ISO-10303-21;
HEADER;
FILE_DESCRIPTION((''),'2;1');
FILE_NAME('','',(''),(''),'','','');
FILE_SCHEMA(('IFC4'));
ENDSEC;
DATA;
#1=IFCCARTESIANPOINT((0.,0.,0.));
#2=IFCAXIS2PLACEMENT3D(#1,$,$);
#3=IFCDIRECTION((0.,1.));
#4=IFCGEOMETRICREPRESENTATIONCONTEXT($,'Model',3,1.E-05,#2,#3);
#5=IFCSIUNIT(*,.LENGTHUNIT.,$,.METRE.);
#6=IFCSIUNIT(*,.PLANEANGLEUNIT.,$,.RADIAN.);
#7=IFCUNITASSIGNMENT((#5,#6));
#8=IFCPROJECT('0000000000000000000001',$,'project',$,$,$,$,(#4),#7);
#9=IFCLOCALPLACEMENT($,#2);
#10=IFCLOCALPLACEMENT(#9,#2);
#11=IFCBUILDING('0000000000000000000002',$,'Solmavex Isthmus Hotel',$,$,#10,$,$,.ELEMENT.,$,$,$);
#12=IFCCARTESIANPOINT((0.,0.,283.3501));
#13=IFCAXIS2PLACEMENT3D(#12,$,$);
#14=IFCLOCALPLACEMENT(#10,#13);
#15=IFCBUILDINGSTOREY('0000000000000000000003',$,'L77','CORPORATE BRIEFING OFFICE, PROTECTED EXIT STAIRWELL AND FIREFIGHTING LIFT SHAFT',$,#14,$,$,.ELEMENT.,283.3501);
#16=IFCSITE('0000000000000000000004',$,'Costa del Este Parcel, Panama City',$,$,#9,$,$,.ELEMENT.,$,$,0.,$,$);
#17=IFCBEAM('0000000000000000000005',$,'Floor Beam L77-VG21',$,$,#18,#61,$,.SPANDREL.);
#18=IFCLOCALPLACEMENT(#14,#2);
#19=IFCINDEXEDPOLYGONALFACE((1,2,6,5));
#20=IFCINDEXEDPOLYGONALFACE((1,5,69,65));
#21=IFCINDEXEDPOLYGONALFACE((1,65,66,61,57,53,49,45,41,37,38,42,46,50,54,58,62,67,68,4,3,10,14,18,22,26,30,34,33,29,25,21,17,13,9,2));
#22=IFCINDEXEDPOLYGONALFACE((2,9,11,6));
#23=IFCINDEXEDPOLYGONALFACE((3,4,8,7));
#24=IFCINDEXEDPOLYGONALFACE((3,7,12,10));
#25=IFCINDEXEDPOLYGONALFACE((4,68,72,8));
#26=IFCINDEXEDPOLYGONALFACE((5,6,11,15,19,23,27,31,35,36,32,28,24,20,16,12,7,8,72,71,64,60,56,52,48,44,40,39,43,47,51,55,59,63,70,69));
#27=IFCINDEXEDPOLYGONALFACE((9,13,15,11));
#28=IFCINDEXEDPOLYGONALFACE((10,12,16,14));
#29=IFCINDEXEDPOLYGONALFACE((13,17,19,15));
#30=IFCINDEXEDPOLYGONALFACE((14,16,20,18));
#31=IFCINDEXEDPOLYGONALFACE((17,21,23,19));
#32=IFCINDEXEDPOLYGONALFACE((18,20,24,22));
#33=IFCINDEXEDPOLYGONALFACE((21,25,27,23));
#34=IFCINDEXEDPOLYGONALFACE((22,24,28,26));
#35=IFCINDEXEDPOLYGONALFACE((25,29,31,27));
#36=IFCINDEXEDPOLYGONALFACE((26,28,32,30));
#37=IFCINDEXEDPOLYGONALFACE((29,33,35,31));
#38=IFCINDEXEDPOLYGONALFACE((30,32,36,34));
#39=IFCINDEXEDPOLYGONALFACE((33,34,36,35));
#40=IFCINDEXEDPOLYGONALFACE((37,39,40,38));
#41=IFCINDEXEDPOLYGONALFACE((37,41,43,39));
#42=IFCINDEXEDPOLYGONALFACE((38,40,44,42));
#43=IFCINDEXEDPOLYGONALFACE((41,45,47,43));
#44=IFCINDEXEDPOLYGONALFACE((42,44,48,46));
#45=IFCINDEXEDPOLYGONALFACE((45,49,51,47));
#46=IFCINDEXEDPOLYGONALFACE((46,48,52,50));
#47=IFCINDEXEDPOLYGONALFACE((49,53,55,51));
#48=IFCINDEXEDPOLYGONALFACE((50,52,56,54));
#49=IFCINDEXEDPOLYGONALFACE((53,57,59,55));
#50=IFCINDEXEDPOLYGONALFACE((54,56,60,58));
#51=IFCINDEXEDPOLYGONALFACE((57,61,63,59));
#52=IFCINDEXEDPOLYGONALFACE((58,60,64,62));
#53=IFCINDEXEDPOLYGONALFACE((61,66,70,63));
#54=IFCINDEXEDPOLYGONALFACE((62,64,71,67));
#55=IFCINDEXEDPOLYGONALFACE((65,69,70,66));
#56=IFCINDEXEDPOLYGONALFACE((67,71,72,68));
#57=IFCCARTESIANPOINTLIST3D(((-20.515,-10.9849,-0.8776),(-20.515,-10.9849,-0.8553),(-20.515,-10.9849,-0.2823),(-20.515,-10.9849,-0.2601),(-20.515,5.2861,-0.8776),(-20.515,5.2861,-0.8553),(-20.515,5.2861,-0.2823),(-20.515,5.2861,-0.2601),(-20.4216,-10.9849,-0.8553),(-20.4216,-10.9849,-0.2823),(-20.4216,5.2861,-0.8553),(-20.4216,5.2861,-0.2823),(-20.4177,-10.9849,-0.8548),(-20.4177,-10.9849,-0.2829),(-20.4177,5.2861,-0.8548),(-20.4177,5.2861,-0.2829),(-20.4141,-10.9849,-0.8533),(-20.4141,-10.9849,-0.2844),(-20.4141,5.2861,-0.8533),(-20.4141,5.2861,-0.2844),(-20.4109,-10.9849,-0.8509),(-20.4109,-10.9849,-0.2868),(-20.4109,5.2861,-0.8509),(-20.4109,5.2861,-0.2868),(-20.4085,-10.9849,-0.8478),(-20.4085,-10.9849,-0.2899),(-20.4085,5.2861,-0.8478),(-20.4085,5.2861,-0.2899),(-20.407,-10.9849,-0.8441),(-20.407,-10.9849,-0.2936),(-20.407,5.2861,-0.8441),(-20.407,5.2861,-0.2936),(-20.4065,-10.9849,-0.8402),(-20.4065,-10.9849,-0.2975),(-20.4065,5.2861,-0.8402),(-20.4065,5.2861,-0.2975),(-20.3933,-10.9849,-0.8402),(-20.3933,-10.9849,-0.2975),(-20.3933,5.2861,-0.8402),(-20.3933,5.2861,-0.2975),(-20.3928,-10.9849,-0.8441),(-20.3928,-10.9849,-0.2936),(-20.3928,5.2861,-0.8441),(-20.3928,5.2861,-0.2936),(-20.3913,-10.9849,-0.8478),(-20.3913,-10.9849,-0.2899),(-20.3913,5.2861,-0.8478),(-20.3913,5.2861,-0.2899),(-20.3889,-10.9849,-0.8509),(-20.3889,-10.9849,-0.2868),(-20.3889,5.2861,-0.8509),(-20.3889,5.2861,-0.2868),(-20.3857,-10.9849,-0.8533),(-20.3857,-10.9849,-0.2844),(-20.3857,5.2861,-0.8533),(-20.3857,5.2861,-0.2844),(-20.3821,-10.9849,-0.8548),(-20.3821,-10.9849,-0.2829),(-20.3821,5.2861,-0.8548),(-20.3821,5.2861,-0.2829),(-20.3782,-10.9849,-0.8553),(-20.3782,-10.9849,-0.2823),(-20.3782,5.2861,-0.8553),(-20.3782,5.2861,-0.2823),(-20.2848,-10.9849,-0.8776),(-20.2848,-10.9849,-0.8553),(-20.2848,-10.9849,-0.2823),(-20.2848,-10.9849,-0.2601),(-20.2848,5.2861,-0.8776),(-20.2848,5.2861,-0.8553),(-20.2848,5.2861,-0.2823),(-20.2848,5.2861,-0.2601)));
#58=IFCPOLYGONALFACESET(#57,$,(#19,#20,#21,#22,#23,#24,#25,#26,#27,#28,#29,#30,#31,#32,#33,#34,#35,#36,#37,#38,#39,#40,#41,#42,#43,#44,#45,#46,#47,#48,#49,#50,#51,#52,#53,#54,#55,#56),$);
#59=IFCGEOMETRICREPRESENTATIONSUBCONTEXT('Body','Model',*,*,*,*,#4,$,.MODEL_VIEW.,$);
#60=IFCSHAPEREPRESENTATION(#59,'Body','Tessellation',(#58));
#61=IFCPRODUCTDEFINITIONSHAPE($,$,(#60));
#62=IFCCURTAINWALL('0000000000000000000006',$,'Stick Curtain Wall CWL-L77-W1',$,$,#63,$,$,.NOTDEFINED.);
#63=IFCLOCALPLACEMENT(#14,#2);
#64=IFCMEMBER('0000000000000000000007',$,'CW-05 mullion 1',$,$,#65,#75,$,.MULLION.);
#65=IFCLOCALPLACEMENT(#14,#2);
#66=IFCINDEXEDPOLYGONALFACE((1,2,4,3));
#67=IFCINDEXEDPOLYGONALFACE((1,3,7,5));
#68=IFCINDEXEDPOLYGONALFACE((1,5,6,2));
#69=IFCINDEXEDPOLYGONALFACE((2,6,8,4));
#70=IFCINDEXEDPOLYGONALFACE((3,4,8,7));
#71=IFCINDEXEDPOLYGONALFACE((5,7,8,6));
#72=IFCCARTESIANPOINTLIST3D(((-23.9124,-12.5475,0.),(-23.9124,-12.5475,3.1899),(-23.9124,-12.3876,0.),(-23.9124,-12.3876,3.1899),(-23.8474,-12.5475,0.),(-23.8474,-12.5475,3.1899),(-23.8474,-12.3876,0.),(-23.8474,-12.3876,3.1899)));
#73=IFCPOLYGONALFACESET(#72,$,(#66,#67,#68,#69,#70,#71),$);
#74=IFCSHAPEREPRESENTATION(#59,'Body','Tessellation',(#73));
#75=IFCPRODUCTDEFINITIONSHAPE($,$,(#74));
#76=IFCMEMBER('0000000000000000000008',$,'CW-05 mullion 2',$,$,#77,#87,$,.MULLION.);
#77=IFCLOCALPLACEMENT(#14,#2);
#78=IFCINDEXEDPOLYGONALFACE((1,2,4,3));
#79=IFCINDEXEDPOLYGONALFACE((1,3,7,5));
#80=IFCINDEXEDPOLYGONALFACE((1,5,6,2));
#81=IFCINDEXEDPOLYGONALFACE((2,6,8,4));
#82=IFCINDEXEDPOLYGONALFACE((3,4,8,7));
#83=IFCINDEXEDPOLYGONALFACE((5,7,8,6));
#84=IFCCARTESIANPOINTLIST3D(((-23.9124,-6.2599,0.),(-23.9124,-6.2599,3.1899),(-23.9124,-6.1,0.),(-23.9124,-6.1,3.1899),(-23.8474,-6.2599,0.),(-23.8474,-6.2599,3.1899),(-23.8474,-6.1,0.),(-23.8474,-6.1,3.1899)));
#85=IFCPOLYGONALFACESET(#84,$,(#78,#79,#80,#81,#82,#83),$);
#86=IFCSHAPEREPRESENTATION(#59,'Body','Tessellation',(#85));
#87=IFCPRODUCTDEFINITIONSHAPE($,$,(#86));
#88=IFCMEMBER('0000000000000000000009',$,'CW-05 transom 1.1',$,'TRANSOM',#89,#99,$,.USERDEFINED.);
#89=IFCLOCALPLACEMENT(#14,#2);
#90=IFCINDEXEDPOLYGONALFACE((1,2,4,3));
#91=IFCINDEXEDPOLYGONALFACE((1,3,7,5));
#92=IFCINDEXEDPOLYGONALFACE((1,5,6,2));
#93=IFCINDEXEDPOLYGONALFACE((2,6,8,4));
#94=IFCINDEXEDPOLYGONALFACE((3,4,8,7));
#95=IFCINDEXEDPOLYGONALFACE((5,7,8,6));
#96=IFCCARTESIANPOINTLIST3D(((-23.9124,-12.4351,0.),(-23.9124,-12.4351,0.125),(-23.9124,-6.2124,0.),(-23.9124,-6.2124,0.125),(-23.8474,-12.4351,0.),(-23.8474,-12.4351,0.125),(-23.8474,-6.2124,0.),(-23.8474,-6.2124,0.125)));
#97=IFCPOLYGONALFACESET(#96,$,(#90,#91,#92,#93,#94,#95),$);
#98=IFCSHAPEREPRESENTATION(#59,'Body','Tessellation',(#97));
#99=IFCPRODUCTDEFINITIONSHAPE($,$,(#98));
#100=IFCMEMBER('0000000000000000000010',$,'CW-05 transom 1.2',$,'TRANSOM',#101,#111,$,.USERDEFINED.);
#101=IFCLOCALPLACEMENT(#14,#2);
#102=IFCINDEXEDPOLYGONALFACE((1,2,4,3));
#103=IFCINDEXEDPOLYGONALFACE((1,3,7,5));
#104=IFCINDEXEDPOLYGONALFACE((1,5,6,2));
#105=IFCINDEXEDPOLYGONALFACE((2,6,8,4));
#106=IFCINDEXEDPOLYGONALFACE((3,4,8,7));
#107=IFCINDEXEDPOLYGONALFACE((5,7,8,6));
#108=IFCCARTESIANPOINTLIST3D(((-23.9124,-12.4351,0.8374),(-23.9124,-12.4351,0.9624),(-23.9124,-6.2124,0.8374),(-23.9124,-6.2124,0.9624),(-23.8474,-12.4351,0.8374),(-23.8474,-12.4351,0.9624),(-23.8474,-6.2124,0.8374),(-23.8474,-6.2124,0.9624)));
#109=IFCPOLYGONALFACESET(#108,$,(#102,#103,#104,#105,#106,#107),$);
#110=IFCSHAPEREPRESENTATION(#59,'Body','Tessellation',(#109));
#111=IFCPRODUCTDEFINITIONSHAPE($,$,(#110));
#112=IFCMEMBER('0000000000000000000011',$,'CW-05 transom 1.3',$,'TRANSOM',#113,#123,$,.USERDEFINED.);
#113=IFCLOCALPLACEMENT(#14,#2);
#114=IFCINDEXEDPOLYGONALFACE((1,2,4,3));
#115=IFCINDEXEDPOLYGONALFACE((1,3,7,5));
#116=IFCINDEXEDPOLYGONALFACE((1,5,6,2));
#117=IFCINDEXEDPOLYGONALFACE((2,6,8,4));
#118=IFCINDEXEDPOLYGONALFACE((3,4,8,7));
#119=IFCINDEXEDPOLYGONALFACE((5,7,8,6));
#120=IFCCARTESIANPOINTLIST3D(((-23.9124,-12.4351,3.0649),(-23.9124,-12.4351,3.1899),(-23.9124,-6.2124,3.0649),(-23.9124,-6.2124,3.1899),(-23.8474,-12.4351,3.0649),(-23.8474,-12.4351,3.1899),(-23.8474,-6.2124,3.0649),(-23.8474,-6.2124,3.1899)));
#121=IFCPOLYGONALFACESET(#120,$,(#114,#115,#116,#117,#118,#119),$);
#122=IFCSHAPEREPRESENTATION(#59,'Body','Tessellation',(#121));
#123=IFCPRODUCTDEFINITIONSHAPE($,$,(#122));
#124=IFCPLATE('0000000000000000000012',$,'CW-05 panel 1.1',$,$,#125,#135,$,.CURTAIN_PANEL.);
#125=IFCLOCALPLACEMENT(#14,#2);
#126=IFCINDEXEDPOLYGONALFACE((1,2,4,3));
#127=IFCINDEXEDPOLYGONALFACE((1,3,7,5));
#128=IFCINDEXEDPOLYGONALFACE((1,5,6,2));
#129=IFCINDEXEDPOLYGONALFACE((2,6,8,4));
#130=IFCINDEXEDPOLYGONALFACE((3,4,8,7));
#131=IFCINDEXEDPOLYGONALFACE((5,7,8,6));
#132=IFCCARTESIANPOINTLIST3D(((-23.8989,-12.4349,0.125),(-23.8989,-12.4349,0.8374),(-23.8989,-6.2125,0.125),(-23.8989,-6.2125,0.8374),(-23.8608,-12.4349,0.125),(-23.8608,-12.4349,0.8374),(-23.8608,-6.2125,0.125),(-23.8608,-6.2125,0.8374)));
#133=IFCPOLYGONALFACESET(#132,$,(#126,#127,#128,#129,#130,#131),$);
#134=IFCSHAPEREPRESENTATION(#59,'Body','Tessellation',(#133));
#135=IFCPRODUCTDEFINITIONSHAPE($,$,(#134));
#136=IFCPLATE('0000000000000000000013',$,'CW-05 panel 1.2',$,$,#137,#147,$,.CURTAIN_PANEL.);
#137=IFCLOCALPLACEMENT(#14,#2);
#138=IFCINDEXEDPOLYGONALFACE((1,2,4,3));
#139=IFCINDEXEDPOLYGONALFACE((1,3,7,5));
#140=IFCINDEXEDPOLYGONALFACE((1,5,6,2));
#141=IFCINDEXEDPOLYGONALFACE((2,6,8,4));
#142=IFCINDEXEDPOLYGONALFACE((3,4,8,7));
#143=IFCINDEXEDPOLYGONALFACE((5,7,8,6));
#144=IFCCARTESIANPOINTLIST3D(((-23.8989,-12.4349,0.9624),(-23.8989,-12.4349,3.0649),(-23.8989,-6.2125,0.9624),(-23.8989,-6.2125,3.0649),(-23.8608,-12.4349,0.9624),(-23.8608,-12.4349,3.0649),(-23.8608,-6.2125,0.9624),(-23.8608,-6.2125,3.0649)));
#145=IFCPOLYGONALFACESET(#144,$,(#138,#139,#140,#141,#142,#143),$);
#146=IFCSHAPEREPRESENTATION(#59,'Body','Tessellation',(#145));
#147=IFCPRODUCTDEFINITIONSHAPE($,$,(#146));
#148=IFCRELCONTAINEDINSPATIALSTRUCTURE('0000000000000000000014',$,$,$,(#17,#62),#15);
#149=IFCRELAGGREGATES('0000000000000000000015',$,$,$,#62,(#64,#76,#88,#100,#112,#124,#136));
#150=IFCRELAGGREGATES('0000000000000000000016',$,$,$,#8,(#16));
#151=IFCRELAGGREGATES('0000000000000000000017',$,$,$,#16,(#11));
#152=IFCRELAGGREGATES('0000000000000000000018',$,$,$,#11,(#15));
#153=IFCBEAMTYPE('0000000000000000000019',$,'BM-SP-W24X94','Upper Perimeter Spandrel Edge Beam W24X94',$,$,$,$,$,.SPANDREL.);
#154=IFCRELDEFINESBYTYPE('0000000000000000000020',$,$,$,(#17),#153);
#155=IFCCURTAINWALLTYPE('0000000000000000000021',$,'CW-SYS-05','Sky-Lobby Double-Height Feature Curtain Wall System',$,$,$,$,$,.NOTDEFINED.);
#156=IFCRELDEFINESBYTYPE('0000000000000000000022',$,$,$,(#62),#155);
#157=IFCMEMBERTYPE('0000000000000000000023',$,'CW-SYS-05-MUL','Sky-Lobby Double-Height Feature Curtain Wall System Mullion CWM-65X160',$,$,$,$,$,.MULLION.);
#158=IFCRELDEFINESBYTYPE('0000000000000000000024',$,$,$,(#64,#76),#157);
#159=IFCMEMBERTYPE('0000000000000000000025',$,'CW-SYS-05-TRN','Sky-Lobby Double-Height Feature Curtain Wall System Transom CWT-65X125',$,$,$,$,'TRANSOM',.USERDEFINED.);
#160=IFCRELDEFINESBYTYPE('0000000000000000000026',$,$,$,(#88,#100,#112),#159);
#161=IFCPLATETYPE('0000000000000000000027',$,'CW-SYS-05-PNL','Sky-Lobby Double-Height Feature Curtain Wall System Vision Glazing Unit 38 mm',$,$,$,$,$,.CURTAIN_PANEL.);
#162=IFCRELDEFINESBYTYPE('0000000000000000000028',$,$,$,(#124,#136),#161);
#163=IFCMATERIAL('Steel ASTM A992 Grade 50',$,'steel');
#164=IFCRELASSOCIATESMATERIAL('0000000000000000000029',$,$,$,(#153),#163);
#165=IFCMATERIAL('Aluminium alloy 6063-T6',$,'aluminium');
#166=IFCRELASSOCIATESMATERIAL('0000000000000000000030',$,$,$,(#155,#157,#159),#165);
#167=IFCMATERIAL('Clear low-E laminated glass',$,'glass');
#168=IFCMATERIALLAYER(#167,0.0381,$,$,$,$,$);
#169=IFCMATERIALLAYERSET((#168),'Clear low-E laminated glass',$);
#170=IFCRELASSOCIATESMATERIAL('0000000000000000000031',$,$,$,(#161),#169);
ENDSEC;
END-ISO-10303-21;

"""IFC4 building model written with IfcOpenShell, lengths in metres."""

from ifc_helpers import new_model, si_unit, direction, frame, origin, origin_2d, place, context, subcontext, project, spatial, rectangle, i_section, extrude, material, layer, layer_set, material_profile, profile_set, type_object, element, aggregate, save


model = new_model("IFC4")

# Units and contexts
model_context = context("Model", 3, precision=1e-05, world=origin(), true_north=direction((0.0, 1.0)))
body_context = subcontext(model_context, "Body", "Model", "MODEL_VIEW")
ifc_project = project(units=[si_unit("LENGTHUNIT", "METRE"), si_unit("PLANEANGLEUNIT", "RADIAN")], contexts=[model_context])

# Site, building, storey
site_placement = place(None, origin())
site = spatial("IfcSite", under=ifc_project, at=site_placement, Name="Costa del Este Parcel, Panama City", CompositionType="ELEMENT", RefElevation=0.0)
building_placement = place(site_placement, origin())
building = spatial("IfcBuilding", under=site, at=building_placement, Name="Solmavex Isthmus Hotel", CompositionType="ELEMENT")
storey_placement = place(building_placement, frame((0.0, 0.0, 283.3501)))
storey = spatial("IfcBuildingStorey", under=building, at=storey_placement, Name="L77", Description="CORPORATE BRIEFING OFFICE, PROTECTED EXIT STAIRWELL AND FIREFIGHTING LIFT SHAFT", CompositionType="ELEMENT", Elevation=283.3501)

# Beam
ifc_material_1 = material(Name="Steel ASTM A992 Grade 50", Category="steel")
ifc_material_profile_1 = material_profile(ifc_material_1, i_section(OverallWidth=0.2302, OverallDepth=0.6174, WebThickness=0.0132, FlangeThickness=0.0222, FilletRadius=0.0151, at=origin_2d()), Name="W24X94")
ifc_profile_set_1 = profile_set([ifc_material_profile_1], Name="Steel ASTM A992 Grade 50")
beam_type_1 = type_object("IfcBeamType", Name="BM-SP-W24X94", Description="Upper Perimeter Spandrel Edge Beam W24X94", PredefinedType="SPANDREL", material=ifc_profile_set_1)
beam_1_placement = place(storey_placement, frame((-20.3999, -10.9849, -0.5688), z_axis=(0.0, 1.0, 0.0), x_axis=(-1.0, 0.0, 0.0)))
element("IfcBeam", 1, at=beam_1_placement, inside=storey, type_object=beam_type_1, Name="Floor Beam L77-VG21", PredefinedType="SPANDREL", context=body_context, shape_type="SweptSolid", body=[
    extrude(i_section(OverallWidth=0.2302, OverallDepth=0.6174, WebThickness=0.0132, FlangeThickness=0.0222, FilletRadius=0.0151, at=origin_2d()), origin(), (0.0, 0.0, 1.0), 16.271),
])

# Curtain wall, members, plates
ifc_material_2 = material(Name="Aluminium alloy 6063-T6", Category="aluminium")
curtain_wall_type = type_object("IfcCurtainWallType", Name="CW-SYS-05", Description="Sky-Lobby Double-Height Feature Curtain Wall System", PredefinedType="NOTDEFINED", material=ifc_material_2)
curtain_wall_placement = place(storey_placement, origin())
curtain_wall = element("IfcCurtainWall", 2, at=curtain_wall_placement, inside=storey, type_object=curtain_wall_type, Name="Stick Curtain Wall CWL-L77-W1", PredefinedType="NOTDEFINED")
ifc_material_profile_2 = material_profile(ifc_material_2, rectangle(XDim=0.0649, YDim=0.1599, at=origin_2d()), Name="CWM-65X160")
ifc_profile_set_2 = profile_set([ifc_material_profile_2], Name="Aluminium alloy 6063-T6")
member_type_1 = type_object("IfcMemberType", Name="CW-SYS-05-MUL", Description="Sky-Lobby Double-Height Feature Curtain Wall System Mullion CWM-65X160", PredefinedType="MULLION", material=ifc_profile_set_2)
member_1_placement = place(storey_placement, frame((-23.8799, -12.4675, 0.0), z_axis=(0.0, 0.0, 1.0), x_axis=(-1.0, 0.0, 0.0)))
member_1 = element("IfcMember", 3, at=member_1_placement, type_object=member_type_1, Name="CW-05 mullion 1", PredefinedType="MULLION", context=body_context, shape_type="SweptSolid", body=[
    extrude(rectangle(XDim=0.0649, YDim=0.1599, at=origin_2d()), origin(), (0.0, 0.0, 1.0), 3.1899),
])
member_2_placement = place(storey_placement, frame((-23.8799, -6.1799, 0.0), z_axis=(0.0, 0.0, 1.0), x_axis=(-1.0, 0.0, 0.0)))
member_2 = element("IfcMember", 4, at=member_2_placement, type_object=member_type_1, Name="CW-05 mullion 2", PredefinedType="MULLION", context=body_context, shape_type="SweptSolid", body=[
    extrude(rectangle(XDim=0.0649, YDim=0.1599, at=origin_2d()), origin(), (0.0, 0.0, 1.0), 3.1899),
])
ifc_material_profile_3 = material_profile(ifc_material_2, rectangle(XDim=0.0649, YDim=0.125, at=origin_2d()), Name="CWT-65X125")
ifc_profile_set_3 = profile_set([ifc_material_profile_3], Name="Aluminium alloy 6063-T6")
member_type_2 = type_object("IfcMemberType", Name="CW-SYS-05-TRN", Description="Sky-Lobby Double-Height Feature Curtain Wall System Transom CWT-65X125", ElementType="TRANSOM", PredefinedType="USERDEFINED", material=ifc_profile_set_3)
member_3_placement = place(storey_placement, frame((-23.8799, -12.4351, 0.0625), z_axis=(0.0, 1.0, 0.0), x_axis=(-1.0, 0.0, 0.0)))
member_3 = element("IfcMember", 5, at=member_3_placement, type_object=member_type_2, Name="CW-05 transom 1.1", ObjectType="TRANSOM", PredefinedType="USERDEFINED", context=body_context, shape_type="SweptSolid", body=[
    extrude(rectangle(XDim=0.0649, YDim=0.125, at=origin_2d()), origin(), (0.0, 0.0, 1.0), 6.2227),
])
member_4_placement = place(storey_placement, frame((-23.8799, -12.4351, 0.8999), z_axis=(0.0, 1.0, 0.0), x_axis=(-1.0, 0.0, 0.0)))
member_4 = element("IfcMember", 6, at=member_4_placement, type_object=member_type_2, Name="CW-05 transom 1.2", ObjectType="TRANSOM", PredefinedType="USERDEFINED", context=body_context, shape_type="SweptSolid", body=[
    extrude(rectangle(XDim=0.0649, YDim=0.125, at=origin_2d()), origin(), (0.0, 0.0, 1.0), 6.2227),
])
member_5_placement = place(storey_placement, frame((-23.8799, -12.4351, 3.1274), z_axis=(0.0, 1.0, 0.0), x_axis=(-1.0, 0.0, 0.0)))
member_5 = element("IfcMember", 7, at=member_5_placement, type_object=member_type_2, Name="CW-05 transom 1.3", ObjectType="TRANSOM", PredefinedType="USERDEFINED", context=body_context, shape_type="SweptSolid", body=[
    extrude(rectangle(XDim=0.0649, YDim=0.125, at=origin_2d()), origin(), (0.0, 0.0, 1.0), 6.2227),
])
ifc_material_3 = material(Name="Clear low-E laminated glass", Category="glass")
ifc_layer_1 = layer(ifc_material_3, 0.0381)
ifc_layer_set_1 = layer_set([ifc_layer_1], Name="Clear low-E laminated glass")
plate_type = type_object("IfcPlateType", Name="CW-SYS-05-PNL", Description="Sky-Lobby Double-Height Feature Curtain Wall System Vision Glazing Unit 38 mm", PredefinedType="CURTAIN_PANEL", material=ifc_layer_set_1)
plate_1_placement = place(storey_placement, frame((-23.8799, -9.3237, 0.125), z_axis=(0.0, 0.0, 1.0), x_axis=(0.0, 1.0, 0.0)))
plate_1 = element("IfcPlate", 8, at=plate_1_placement, type_object=plate_type, Name="CW-05 panel 1.1", PredefinedType="CURTAIN_PANEL", context=body_context, shape_type="SweptSolid", body=[
    extrude(rectangle(XDim=6.2224, YDim=0.0381, at=origin_2d()), origin(), (0.0, 0.0, 1.0), 0.7124),
])
plate_2_placement = place(storey_placement, frame((-23.8799, -9.3237, 0.9624), z_axis=(0.0, 0.0, 1.0), x_axis=(0.0, 1.0, 0.0)))
plate_2 = element("IfcPlate", 9, at=plate_2_placement, type_object=plate_type, Name="CW-05 panel 1.2", PredefinedType="CURTAIN_PANEL", context=body_context, shape_type="SweptSolid", body=[
    extrude(rectangle(XDim=6.2224, YDim=0.0381, at=origin_2d()), origin(), (0.0, 0.0, 1.0), 2.1025),
])
aggregate(curtain_wall, [member_1, member_2, member_3, member_4, member_5, plate_1, plate_2])

save(model, "model.ifc")
